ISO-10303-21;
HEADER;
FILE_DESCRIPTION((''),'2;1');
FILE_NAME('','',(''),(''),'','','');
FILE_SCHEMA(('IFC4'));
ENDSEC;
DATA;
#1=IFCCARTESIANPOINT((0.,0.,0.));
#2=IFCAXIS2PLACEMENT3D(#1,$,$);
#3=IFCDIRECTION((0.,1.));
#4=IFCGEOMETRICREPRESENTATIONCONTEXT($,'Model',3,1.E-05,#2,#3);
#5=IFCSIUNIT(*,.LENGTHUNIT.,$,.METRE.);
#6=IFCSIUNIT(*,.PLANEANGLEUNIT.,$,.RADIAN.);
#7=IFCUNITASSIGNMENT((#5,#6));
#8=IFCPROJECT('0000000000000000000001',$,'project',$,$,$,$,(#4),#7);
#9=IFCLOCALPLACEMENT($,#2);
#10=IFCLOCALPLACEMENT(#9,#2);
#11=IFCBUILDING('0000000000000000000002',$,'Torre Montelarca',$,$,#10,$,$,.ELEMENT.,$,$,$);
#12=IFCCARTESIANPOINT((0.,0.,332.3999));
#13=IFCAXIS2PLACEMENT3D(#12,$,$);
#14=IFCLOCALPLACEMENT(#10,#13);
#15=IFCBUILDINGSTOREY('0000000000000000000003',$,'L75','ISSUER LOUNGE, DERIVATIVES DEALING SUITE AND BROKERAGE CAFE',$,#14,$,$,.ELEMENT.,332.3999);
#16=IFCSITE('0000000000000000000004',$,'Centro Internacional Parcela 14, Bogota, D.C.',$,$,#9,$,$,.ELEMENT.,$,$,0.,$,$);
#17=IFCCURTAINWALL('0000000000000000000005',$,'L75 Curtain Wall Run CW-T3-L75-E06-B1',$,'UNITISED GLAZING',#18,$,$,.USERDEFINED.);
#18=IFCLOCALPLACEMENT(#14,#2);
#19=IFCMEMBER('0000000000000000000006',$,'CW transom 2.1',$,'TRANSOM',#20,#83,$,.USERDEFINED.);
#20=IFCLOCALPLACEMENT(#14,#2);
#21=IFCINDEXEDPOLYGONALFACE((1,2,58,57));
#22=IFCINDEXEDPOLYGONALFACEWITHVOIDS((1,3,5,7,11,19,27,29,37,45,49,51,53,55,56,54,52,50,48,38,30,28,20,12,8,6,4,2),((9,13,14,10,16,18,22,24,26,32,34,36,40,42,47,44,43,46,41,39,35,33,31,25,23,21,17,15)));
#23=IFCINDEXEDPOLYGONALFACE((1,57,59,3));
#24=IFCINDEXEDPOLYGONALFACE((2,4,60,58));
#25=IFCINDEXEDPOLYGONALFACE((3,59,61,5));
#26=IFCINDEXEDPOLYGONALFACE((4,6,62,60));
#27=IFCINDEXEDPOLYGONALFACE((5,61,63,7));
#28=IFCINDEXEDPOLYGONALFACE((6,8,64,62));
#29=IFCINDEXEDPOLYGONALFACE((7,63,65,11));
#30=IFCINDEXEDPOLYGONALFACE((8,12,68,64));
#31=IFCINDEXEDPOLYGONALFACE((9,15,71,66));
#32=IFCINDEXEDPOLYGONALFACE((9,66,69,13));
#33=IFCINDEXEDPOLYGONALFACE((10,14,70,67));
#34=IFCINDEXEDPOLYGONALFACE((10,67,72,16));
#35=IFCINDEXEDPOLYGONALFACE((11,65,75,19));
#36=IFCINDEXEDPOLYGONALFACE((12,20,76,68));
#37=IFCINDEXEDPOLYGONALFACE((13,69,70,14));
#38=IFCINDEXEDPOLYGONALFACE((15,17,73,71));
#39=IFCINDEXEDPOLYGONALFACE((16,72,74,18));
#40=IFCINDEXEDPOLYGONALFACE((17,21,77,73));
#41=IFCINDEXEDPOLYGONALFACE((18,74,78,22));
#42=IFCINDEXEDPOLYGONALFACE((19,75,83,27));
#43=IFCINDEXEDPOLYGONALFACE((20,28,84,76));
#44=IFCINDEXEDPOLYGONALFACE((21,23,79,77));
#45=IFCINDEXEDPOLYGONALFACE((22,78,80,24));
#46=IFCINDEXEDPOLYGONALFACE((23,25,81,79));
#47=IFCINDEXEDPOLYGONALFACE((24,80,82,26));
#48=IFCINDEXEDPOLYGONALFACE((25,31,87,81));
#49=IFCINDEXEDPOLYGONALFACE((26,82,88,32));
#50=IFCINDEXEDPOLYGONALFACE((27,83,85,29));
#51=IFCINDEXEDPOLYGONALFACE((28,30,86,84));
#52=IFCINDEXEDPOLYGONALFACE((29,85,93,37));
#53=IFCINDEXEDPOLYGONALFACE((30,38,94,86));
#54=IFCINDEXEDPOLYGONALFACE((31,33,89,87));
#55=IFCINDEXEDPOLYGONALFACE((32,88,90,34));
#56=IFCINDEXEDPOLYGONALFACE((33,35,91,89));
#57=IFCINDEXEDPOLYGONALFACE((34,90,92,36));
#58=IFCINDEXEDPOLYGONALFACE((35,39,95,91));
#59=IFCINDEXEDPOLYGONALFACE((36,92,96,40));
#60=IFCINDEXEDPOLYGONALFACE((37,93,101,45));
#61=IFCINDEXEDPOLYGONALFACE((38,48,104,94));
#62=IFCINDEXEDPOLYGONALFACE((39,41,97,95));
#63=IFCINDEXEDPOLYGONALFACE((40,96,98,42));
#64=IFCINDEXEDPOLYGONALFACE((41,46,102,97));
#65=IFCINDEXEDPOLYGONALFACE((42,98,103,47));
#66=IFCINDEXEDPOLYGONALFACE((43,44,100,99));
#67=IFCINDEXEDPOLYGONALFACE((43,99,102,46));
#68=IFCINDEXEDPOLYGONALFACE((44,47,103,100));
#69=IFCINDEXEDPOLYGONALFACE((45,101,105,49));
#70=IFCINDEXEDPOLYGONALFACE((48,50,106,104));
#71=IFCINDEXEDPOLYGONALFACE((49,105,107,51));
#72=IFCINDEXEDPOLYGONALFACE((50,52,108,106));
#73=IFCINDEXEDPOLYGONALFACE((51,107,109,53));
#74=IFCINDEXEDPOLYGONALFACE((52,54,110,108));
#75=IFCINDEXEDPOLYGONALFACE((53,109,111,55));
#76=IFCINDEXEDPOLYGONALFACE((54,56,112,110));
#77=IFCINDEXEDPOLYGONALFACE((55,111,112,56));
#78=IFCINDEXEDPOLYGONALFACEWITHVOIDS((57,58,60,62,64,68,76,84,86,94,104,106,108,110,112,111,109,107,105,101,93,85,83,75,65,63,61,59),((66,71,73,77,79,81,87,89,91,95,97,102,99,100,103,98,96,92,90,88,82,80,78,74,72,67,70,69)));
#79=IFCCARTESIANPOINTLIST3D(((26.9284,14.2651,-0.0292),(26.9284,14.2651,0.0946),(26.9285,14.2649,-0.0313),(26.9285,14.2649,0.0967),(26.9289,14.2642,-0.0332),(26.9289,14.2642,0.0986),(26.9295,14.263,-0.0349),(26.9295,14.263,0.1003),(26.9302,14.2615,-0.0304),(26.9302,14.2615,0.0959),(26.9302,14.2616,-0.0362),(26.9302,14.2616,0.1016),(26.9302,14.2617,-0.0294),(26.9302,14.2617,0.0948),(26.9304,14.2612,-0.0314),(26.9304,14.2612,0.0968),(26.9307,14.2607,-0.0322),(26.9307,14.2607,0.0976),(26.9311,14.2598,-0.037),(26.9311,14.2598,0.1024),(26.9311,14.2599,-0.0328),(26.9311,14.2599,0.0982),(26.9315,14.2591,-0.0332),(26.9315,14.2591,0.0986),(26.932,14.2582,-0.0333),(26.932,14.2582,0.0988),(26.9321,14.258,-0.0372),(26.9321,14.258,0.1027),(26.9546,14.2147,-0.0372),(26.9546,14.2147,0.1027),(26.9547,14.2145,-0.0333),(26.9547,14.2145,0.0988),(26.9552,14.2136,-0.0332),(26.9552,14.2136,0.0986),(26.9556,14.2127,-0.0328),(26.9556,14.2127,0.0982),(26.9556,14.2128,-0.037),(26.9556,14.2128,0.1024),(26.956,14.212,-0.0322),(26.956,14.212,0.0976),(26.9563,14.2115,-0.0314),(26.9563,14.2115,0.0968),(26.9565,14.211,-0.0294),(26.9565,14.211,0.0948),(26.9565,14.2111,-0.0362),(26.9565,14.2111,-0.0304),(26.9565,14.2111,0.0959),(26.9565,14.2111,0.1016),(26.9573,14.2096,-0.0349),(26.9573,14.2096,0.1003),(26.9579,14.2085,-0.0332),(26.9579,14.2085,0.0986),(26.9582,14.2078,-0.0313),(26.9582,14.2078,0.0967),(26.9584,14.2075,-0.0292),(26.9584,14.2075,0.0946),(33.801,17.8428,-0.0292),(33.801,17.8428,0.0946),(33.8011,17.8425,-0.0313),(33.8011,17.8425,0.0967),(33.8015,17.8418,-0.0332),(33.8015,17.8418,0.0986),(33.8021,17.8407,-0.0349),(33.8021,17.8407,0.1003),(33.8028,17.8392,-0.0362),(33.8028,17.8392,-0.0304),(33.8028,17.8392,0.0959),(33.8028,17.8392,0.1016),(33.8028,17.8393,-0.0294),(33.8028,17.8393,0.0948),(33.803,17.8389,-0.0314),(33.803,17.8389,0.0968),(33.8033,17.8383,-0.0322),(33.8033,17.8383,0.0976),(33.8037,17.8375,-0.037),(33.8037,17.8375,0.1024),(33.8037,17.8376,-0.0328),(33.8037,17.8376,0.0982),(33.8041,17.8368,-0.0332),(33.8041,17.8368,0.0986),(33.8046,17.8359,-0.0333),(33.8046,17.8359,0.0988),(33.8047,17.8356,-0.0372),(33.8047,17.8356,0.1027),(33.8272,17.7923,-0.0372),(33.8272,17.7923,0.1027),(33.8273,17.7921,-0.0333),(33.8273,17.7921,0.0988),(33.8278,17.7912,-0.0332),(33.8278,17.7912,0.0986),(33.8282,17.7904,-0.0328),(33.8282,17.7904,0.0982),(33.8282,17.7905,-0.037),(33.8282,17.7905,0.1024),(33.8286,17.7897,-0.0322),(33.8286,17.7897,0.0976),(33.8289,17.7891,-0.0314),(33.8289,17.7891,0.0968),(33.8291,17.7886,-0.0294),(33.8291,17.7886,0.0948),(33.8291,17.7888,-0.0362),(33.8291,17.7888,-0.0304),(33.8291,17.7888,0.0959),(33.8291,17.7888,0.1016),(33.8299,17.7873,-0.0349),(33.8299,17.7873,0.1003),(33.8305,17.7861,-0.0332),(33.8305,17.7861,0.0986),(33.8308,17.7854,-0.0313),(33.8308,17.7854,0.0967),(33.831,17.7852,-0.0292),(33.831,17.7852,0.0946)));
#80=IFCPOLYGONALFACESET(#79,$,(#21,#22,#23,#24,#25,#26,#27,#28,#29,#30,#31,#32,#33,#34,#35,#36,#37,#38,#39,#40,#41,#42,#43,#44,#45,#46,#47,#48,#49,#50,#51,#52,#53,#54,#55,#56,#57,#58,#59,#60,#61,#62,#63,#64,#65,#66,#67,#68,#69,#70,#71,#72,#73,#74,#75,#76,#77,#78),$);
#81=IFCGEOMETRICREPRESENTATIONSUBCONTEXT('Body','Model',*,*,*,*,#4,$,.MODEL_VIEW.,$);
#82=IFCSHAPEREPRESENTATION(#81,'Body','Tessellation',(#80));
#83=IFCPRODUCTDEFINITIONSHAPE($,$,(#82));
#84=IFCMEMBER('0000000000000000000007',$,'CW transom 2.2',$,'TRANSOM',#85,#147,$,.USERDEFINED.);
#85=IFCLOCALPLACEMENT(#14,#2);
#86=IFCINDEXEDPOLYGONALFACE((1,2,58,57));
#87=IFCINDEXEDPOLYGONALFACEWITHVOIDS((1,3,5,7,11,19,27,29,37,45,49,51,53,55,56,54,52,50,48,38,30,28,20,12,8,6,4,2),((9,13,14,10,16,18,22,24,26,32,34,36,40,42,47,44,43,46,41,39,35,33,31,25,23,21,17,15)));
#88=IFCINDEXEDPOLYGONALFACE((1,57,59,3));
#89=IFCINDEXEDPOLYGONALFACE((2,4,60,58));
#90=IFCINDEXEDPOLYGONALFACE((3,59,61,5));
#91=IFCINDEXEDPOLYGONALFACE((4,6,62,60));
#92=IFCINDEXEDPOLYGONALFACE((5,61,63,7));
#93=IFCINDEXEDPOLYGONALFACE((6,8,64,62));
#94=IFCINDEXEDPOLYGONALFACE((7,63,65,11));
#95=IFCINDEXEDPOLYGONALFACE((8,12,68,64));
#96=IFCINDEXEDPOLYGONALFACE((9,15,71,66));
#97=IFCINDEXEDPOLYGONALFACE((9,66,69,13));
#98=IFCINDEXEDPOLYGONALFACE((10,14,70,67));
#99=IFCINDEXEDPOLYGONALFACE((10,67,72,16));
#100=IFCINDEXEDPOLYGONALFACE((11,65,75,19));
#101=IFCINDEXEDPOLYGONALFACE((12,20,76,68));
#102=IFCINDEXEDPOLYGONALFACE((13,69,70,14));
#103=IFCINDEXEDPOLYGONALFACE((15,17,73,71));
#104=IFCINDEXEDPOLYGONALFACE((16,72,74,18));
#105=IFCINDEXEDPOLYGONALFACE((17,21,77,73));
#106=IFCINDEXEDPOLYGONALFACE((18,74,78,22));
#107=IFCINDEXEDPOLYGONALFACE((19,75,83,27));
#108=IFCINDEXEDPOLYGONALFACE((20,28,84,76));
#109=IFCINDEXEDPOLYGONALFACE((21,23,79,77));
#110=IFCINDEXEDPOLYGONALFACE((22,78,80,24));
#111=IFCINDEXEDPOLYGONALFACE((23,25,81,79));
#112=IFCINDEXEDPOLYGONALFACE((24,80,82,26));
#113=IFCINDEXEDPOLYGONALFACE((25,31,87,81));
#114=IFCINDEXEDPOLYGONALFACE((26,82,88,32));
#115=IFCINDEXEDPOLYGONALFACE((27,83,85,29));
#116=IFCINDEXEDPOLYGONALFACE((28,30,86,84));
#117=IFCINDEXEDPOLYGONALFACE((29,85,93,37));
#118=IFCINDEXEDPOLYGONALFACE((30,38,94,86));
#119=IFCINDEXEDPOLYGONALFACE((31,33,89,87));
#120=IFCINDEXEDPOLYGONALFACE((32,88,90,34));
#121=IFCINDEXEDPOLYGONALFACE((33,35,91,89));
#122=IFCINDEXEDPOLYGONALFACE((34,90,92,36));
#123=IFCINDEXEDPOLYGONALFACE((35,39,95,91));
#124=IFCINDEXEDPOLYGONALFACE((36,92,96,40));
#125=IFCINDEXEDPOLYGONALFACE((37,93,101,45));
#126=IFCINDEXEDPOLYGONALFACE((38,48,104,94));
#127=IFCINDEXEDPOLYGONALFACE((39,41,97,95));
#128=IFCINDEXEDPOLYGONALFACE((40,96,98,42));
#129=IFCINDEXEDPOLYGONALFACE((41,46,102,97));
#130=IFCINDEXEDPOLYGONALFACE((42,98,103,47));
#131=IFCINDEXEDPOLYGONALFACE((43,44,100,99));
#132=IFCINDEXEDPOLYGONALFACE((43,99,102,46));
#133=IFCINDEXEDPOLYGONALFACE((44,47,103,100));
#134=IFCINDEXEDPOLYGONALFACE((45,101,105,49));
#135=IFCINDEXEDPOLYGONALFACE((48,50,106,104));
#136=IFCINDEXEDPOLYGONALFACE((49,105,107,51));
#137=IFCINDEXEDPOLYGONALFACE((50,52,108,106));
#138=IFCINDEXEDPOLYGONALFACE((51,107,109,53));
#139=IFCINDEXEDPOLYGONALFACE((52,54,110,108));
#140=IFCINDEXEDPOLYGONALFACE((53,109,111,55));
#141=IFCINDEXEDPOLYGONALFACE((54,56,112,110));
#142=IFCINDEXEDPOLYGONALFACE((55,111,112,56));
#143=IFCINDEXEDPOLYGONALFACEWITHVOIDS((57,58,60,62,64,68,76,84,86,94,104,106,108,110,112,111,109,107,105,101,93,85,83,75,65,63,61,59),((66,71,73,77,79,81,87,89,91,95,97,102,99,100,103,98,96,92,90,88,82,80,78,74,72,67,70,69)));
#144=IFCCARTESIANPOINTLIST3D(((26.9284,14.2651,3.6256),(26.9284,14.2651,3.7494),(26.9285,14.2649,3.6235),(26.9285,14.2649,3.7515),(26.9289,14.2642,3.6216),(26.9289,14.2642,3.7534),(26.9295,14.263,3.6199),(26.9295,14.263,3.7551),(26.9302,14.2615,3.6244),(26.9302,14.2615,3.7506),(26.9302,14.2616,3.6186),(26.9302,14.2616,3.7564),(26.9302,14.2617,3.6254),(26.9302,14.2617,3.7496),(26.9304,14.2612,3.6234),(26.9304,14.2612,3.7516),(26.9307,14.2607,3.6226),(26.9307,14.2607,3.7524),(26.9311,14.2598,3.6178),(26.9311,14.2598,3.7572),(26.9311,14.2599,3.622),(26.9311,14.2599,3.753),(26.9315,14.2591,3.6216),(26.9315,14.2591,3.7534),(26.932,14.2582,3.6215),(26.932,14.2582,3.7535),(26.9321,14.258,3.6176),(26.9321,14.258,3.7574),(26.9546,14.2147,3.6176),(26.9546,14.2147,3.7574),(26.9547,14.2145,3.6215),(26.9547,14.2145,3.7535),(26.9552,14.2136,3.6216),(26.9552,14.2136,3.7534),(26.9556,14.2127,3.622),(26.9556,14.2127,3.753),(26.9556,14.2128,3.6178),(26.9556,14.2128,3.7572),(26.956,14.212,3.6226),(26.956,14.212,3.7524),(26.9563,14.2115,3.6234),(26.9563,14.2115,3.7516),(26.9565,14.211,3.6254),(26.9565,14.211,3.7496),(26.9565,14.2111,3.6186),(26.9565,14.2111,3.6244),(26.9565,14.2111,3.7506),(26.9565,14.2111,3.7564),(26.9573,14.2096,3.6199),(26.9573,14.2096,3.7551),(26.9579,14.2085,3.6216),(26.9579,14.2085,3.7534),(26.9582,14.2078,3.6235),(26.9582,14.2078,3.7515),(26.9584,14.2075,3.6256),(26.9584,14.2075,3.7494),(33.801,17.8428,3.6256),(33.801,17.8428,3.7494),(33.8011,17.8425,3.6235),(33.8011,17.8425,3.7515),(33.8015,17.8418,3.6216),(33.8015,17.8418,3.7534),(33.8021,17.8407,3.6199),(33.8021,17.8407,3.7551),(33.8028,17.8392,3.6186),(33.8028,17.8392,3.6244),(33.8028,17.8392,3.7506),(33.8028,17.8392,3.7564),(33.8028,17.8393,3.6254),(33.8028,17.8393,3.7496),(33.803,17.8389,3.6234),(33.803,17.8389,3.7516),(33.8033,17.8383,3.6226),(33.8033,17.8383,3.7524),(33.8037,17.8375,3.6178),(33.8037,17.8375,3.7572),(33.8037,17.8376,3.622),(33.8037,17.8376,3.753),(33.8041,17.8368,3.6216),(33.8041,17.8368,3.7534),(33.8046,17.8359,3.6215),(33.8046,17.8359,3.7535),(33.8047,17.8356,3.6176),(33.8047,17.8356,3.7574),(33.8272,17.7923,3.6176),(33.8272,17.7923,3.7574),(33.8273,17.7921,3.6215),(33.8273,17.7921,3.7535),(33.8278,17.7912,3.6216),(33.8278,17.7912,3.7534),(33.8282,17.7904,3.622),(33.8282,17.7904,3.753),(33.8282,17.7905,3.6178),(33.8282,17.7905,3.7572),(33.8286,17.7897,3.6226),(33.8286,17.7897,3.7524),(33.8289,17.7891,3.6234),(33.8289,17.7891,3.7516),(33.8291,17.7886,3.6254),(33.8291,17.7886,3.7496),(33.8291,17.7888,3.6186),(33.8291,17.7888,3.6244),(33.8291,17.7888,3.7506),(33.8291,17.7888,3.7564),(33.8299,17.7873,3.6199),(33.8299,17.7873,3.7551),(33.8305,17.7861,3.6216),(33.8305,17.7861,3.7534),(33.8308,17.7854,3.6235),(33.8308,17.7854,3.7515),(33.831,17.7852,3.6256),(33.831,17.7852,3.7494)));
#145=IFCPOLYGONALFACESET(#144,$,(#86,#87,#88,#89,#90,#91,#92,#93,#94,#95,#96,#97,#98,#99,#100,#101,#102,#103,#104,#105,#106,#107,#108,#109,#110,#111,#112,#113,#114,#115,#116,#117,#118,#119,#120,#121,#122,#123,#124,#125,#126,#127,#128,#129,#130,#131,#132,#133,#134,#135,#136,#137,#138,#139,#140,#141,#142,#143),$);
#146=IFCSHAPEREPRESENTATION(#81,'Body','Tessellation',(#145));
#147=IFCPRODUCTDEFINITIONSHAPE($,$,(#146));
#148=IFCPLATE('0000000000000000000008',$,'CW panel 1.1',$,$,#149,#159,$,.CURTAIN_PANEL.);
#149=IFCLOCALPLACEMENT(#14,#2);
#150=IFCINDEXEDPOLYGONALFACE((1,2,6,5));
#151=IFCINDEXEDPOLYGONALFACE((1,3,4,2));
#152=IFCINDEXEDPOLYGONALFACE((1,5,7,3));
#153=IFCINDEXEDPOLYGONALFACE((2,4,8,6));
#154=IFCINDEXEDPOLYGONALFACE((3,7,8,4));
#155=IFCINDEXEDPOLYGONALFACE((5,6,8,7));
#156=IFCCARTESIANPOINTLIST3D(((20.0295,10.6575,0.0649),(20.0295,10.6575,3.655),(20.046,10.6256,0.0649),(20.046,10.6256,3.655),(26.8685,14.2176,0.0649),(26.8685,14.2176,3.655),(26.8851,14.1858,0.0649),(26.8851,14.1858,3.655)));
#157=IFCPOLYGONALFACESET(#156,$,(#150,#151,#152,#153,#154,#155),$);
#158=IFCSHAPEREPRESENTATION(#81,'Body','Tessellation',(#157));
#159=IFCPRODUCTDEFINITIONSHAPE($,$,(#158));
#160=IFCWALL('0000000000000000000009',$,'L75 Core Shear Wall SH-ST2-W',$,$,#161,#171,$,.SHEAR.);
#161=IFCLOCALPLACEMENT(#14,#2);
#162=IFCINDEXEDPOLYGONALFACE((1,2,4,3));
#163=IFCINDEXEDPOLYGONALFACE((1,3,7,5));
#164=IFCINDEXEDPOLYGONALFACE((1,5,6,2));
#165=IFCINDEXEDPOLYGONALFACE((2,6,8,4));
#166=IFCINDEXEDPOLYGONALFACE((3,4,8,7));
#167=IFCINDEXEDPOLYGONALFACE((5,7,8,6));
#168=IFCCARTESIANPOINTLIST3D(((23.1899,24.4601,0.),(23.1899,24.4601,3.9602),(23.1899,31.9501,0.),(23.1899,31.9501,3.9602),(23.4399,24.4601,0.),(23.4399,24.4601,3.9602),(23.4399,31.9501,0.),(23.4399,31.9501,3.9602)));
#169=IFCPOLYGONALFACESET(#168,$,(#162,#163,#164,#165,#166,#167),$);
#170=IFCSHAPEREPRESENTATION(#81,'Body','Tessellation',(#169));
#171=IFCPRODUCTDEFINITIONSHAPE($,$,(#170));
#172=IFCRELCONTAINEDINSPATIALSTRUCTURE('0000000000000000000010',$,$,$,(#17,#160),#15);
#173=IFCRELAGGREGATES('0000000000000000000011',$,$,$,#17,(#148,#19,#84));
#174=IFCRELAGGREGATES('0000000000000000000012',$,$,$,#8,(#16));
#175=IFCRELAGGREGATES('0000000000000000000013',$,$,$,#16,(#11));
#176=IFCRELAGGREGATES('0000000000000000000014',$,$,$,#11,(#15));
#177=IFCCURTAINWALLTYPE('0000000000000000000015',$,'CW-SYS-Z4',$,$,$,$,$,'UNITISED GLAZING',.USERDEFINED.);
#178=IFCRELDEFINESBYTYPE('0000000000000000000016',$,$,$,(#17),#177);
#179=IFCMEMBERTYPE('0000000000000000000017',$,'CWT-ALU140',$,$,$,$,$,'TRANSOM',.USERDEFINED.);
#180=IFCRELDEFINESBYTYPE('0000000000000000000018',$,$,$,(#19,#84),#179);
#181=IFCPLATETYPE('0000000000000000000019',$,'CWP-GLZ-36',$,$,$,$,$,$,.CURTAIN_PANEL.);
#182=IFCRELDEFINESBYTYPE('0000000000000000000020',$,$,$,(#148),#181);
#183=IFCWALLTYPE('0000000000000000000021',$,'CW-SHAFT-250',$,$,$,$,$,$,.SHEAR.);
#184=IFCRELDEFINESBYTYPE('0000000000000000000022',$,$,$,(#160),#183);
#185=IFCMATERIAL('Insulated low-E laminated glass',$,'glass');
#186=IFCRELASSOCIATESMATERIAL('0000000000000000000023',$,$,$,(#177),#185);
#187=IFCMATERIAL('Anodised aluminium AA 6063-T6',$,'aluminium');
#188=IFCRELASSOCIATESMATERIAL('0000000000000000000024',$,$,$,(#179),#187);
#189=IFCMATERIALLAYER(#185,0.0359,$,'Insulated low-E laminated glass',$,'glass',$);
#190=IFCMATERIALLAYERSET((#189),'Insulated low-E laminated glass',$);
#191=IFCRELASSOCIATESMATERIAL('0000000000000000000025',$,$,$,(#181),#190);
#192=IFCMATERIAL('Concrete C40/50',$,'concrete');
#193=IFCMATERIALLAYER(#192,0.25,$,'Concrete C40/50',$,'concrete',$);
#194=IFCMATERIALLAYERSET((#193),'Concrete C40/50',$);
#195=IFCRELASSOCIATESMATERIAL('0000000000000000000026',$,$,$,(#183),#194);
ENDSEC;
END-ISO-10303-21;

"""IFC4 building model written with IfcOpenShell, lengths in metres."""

from ifc_helpers import new_model, si_unit, direction, frame, frame_2d, origin, origin_2d, place, context, subcontext, project, spatial, rectangle, hollow_rectangle, extrude, source, transform, mapped, material, layer, layer_set, material_profile, profile_set, type_object, element, aggregate, save


model = new_model("IFC4")

# Units and contexts
model_context = context("Model", 3, precision=1e-05, world=origin(), true_north=direction((0.0, 1.0)))
body_context = subcontext(model_context, "Body", "Model", "MODEL_VIEW")
ifc_project = project(units=[si_unit("LENGTHUNIT", "METRE"), si_unit("PLANEANGLEUNIT", "RADIAN")], contexts=[model_context])

# Site, building, storey
site_placement = place(None, origin())
site = spatial("IfcSite", under=ifc_project, at=site_placement, Name="Centro Internacional Parcela 14, Bogota, D.C.", CompositionType="ELEMENT", RefElevation=0.0)
building_placement = place(site_placement, origin())
building = spatial("IfcBuilding", under=site, at=building_placement, Name="Torre Montelarca", CompositionType="ELEMENT")
storey_placement = place(building_placement, frame((0.0, 0.0, 332.3999)))
storey = spatial("IfcBuildingStorey", under=building, at=storey_placement, Name="L75", Description="ISSUER LOUNGE, DERIVATIVES DEALING SUITE AND BROKERAGE CAFE", CompositionType="ELEMENT", Elevation=332.3999)

# Curtain wall, members, plate
ifc_material_1 = material(Name="Insulated low-E laminated glass", Category="glass")
curtain_wall_type = type_object("IfcCurtainWallType", Name="CW-SYS-Z4", ElementType="UNITISED GLAZING", PredefinedType="USERDEFINED", material=ifc_material_1)
curtain_wall_placement = place(storey_placement, origin())
curtain_wall = element("IfcCurtainWall", 1, at=curtain_wall_placement, inside=storey, type_object=curtain_wall_type, Name="L75 Curtain Wall Run CW-T3-L75-E06-B1", ObjectType="UNITISED GLAZING", PredefinedType="USERDEFINED")
ifc_material_2 = material(Name="Anodised aluminium AA 6063-T6", Category="aluminium")
ifc_material_profile_1 = material_profile(ifc_material_2, hollow_rectangle(XDim=0.0649, YDim=0.1399, WallThickness=0.0039, InnerFilletRadius=0.0039, OuterFilletRadius=0.0081, at=origin_2d()), Name="ALU65X140X4", Category="aluminium")
ifc_profile_set_1 = profile_set([ifc_material_profile_1], Name="Anodised aluminium AA 6063-T6")
member_type_1 = type_object("IfcMemberType", Name="CWT-ALU140", ElementType="TRANSOM", PredefinedType="USERDEFINED", material=ifc_profile_set_1)
shared_shape_1 = source(origin(), body_context, "Body", "SweptSolid", [
    extrude(hollow_rectangle(XDim=0.0649, YDim=0.1399, WallThickness=0.0039, InnerFilletRadius=0.0039, OuterFilletRadius=0.0081, at=origin_2d()), origin(), (0.0, 0.0, 1.0), 7.748),
])
member_1_placement = place(storey_placement, frame((26.9434, 14.2363, 0.0327), z_axis=(0.88701, 0.46175, 0.0), x_axis=(-0.46175, 0.88701, 0.0)))
member_1 = element("IfcMember", 2, at=member_1_placement, type_object=member_type_1, Name="CW transom 2.1", ObjectType="TRANSOM", PredefinedType="USERDEFINED", context=body_context, shape_type="MappedRepresentation", body=[
    mapped(shared_shape_1, transform((0.0, 0.0, 0.0), scale=1.0)),
])
member_2_placement = place(storey_placement, frame((26.9434, 14.2363, 3.6875), z_axis=(0.88701, 0.46175, 0.0), x_axis=(-0.46175, 0.88701, 0.0)))
member_2 = element("IfcMember", 3, at=member_2_placement, type_object=member_type_1, Name="CW transom 2.2", ObjectType="TRANSOM", PredefinedType="USERDEFINED", context=body_context, shape_type="MappedRepresentation", body=[
    mapped(shared_shape_1, transform((0.0, 0.0, 0.0), scale=1.0)),
])
ifc_layer_1 = layer(ifc_material_1, 0.0359, Name="Insulated low-E laminated glass", Category="glass")
ifc_layer_set_1 = layer_set([ifc_layer_1], Name="Insulated low-E laminated glass")
plate_type = type_object("IfcPlateType", Name="CWP-GLZ-36", PredefinedType="CURTAIN_PANEL", material=ifc_layer_set_1)
shared_shape_2 = source(origin(), body_context, "Body", "SweptSolid", [
    extrude(rectangle(XDim=7.7102, YDim=0.0359, at=origin_2d()), origin(), (0.0, 0.0, 1.0), 3.5901),
])
plate_placement = place(storey_placement, frame((23.4573, 12.4216, 0.0649), z_axis=(0.0, 0.0, 1.0), x_axis=(0.887012, 0.461746, 0.0)))
plate = element("IfcPlate", 4, at=plate_placement, type_object=plate_type, Name="CW panel 1.1", PredefinedType="CURTAIN_PANEL", context=body_context, shape_type="MappedRepresentation", body=[
    mapped(shared_shape_2, transform((0.0, 0.0, 0.0), scale=1.0)),
])
aggregate(curtain_wall, [plate, member_1, member_2])

# Wall
ifc_material_3 = material(Name="Concrete C40/50", Category="concrete")
ifc_layer_2 = layer(ifc_material_3, 0.25, Name="Concrete C40/50", Category="concrete")
ifc_layer_set_2 = layer_set([ifc_layer_2], Name="Concrete C40/50")
wall_type_1 = type_object("IfcWallType", Name="CW-SHAFT-250", PredefinedType="SHEAR", material=ifc_layer_set_2)
wall_1_placement = place(storey_placement, frame((23.3149, 24.46, 0.0), z_axis=(0.0, 0.0, 1.0), x_axis=(0.0, 1.0, 0.0)))
element("IfcWall", 5, at=wall_1_placement, inside=storey, type_object=wall_type_1, Name="L75 Core Shear Wall SH-ST2-W", PredefinedType="SHEAR", context=body_context, shape_type="SweptSolid", body=[
    extrude(rectangle(XDim=7.49, YDim=0.25, at=frame_2d((3.7451, 0.0))), origin(), (0.0, 0.0, 1.0), 3.9602),
])

save(model, "model.ifc")
